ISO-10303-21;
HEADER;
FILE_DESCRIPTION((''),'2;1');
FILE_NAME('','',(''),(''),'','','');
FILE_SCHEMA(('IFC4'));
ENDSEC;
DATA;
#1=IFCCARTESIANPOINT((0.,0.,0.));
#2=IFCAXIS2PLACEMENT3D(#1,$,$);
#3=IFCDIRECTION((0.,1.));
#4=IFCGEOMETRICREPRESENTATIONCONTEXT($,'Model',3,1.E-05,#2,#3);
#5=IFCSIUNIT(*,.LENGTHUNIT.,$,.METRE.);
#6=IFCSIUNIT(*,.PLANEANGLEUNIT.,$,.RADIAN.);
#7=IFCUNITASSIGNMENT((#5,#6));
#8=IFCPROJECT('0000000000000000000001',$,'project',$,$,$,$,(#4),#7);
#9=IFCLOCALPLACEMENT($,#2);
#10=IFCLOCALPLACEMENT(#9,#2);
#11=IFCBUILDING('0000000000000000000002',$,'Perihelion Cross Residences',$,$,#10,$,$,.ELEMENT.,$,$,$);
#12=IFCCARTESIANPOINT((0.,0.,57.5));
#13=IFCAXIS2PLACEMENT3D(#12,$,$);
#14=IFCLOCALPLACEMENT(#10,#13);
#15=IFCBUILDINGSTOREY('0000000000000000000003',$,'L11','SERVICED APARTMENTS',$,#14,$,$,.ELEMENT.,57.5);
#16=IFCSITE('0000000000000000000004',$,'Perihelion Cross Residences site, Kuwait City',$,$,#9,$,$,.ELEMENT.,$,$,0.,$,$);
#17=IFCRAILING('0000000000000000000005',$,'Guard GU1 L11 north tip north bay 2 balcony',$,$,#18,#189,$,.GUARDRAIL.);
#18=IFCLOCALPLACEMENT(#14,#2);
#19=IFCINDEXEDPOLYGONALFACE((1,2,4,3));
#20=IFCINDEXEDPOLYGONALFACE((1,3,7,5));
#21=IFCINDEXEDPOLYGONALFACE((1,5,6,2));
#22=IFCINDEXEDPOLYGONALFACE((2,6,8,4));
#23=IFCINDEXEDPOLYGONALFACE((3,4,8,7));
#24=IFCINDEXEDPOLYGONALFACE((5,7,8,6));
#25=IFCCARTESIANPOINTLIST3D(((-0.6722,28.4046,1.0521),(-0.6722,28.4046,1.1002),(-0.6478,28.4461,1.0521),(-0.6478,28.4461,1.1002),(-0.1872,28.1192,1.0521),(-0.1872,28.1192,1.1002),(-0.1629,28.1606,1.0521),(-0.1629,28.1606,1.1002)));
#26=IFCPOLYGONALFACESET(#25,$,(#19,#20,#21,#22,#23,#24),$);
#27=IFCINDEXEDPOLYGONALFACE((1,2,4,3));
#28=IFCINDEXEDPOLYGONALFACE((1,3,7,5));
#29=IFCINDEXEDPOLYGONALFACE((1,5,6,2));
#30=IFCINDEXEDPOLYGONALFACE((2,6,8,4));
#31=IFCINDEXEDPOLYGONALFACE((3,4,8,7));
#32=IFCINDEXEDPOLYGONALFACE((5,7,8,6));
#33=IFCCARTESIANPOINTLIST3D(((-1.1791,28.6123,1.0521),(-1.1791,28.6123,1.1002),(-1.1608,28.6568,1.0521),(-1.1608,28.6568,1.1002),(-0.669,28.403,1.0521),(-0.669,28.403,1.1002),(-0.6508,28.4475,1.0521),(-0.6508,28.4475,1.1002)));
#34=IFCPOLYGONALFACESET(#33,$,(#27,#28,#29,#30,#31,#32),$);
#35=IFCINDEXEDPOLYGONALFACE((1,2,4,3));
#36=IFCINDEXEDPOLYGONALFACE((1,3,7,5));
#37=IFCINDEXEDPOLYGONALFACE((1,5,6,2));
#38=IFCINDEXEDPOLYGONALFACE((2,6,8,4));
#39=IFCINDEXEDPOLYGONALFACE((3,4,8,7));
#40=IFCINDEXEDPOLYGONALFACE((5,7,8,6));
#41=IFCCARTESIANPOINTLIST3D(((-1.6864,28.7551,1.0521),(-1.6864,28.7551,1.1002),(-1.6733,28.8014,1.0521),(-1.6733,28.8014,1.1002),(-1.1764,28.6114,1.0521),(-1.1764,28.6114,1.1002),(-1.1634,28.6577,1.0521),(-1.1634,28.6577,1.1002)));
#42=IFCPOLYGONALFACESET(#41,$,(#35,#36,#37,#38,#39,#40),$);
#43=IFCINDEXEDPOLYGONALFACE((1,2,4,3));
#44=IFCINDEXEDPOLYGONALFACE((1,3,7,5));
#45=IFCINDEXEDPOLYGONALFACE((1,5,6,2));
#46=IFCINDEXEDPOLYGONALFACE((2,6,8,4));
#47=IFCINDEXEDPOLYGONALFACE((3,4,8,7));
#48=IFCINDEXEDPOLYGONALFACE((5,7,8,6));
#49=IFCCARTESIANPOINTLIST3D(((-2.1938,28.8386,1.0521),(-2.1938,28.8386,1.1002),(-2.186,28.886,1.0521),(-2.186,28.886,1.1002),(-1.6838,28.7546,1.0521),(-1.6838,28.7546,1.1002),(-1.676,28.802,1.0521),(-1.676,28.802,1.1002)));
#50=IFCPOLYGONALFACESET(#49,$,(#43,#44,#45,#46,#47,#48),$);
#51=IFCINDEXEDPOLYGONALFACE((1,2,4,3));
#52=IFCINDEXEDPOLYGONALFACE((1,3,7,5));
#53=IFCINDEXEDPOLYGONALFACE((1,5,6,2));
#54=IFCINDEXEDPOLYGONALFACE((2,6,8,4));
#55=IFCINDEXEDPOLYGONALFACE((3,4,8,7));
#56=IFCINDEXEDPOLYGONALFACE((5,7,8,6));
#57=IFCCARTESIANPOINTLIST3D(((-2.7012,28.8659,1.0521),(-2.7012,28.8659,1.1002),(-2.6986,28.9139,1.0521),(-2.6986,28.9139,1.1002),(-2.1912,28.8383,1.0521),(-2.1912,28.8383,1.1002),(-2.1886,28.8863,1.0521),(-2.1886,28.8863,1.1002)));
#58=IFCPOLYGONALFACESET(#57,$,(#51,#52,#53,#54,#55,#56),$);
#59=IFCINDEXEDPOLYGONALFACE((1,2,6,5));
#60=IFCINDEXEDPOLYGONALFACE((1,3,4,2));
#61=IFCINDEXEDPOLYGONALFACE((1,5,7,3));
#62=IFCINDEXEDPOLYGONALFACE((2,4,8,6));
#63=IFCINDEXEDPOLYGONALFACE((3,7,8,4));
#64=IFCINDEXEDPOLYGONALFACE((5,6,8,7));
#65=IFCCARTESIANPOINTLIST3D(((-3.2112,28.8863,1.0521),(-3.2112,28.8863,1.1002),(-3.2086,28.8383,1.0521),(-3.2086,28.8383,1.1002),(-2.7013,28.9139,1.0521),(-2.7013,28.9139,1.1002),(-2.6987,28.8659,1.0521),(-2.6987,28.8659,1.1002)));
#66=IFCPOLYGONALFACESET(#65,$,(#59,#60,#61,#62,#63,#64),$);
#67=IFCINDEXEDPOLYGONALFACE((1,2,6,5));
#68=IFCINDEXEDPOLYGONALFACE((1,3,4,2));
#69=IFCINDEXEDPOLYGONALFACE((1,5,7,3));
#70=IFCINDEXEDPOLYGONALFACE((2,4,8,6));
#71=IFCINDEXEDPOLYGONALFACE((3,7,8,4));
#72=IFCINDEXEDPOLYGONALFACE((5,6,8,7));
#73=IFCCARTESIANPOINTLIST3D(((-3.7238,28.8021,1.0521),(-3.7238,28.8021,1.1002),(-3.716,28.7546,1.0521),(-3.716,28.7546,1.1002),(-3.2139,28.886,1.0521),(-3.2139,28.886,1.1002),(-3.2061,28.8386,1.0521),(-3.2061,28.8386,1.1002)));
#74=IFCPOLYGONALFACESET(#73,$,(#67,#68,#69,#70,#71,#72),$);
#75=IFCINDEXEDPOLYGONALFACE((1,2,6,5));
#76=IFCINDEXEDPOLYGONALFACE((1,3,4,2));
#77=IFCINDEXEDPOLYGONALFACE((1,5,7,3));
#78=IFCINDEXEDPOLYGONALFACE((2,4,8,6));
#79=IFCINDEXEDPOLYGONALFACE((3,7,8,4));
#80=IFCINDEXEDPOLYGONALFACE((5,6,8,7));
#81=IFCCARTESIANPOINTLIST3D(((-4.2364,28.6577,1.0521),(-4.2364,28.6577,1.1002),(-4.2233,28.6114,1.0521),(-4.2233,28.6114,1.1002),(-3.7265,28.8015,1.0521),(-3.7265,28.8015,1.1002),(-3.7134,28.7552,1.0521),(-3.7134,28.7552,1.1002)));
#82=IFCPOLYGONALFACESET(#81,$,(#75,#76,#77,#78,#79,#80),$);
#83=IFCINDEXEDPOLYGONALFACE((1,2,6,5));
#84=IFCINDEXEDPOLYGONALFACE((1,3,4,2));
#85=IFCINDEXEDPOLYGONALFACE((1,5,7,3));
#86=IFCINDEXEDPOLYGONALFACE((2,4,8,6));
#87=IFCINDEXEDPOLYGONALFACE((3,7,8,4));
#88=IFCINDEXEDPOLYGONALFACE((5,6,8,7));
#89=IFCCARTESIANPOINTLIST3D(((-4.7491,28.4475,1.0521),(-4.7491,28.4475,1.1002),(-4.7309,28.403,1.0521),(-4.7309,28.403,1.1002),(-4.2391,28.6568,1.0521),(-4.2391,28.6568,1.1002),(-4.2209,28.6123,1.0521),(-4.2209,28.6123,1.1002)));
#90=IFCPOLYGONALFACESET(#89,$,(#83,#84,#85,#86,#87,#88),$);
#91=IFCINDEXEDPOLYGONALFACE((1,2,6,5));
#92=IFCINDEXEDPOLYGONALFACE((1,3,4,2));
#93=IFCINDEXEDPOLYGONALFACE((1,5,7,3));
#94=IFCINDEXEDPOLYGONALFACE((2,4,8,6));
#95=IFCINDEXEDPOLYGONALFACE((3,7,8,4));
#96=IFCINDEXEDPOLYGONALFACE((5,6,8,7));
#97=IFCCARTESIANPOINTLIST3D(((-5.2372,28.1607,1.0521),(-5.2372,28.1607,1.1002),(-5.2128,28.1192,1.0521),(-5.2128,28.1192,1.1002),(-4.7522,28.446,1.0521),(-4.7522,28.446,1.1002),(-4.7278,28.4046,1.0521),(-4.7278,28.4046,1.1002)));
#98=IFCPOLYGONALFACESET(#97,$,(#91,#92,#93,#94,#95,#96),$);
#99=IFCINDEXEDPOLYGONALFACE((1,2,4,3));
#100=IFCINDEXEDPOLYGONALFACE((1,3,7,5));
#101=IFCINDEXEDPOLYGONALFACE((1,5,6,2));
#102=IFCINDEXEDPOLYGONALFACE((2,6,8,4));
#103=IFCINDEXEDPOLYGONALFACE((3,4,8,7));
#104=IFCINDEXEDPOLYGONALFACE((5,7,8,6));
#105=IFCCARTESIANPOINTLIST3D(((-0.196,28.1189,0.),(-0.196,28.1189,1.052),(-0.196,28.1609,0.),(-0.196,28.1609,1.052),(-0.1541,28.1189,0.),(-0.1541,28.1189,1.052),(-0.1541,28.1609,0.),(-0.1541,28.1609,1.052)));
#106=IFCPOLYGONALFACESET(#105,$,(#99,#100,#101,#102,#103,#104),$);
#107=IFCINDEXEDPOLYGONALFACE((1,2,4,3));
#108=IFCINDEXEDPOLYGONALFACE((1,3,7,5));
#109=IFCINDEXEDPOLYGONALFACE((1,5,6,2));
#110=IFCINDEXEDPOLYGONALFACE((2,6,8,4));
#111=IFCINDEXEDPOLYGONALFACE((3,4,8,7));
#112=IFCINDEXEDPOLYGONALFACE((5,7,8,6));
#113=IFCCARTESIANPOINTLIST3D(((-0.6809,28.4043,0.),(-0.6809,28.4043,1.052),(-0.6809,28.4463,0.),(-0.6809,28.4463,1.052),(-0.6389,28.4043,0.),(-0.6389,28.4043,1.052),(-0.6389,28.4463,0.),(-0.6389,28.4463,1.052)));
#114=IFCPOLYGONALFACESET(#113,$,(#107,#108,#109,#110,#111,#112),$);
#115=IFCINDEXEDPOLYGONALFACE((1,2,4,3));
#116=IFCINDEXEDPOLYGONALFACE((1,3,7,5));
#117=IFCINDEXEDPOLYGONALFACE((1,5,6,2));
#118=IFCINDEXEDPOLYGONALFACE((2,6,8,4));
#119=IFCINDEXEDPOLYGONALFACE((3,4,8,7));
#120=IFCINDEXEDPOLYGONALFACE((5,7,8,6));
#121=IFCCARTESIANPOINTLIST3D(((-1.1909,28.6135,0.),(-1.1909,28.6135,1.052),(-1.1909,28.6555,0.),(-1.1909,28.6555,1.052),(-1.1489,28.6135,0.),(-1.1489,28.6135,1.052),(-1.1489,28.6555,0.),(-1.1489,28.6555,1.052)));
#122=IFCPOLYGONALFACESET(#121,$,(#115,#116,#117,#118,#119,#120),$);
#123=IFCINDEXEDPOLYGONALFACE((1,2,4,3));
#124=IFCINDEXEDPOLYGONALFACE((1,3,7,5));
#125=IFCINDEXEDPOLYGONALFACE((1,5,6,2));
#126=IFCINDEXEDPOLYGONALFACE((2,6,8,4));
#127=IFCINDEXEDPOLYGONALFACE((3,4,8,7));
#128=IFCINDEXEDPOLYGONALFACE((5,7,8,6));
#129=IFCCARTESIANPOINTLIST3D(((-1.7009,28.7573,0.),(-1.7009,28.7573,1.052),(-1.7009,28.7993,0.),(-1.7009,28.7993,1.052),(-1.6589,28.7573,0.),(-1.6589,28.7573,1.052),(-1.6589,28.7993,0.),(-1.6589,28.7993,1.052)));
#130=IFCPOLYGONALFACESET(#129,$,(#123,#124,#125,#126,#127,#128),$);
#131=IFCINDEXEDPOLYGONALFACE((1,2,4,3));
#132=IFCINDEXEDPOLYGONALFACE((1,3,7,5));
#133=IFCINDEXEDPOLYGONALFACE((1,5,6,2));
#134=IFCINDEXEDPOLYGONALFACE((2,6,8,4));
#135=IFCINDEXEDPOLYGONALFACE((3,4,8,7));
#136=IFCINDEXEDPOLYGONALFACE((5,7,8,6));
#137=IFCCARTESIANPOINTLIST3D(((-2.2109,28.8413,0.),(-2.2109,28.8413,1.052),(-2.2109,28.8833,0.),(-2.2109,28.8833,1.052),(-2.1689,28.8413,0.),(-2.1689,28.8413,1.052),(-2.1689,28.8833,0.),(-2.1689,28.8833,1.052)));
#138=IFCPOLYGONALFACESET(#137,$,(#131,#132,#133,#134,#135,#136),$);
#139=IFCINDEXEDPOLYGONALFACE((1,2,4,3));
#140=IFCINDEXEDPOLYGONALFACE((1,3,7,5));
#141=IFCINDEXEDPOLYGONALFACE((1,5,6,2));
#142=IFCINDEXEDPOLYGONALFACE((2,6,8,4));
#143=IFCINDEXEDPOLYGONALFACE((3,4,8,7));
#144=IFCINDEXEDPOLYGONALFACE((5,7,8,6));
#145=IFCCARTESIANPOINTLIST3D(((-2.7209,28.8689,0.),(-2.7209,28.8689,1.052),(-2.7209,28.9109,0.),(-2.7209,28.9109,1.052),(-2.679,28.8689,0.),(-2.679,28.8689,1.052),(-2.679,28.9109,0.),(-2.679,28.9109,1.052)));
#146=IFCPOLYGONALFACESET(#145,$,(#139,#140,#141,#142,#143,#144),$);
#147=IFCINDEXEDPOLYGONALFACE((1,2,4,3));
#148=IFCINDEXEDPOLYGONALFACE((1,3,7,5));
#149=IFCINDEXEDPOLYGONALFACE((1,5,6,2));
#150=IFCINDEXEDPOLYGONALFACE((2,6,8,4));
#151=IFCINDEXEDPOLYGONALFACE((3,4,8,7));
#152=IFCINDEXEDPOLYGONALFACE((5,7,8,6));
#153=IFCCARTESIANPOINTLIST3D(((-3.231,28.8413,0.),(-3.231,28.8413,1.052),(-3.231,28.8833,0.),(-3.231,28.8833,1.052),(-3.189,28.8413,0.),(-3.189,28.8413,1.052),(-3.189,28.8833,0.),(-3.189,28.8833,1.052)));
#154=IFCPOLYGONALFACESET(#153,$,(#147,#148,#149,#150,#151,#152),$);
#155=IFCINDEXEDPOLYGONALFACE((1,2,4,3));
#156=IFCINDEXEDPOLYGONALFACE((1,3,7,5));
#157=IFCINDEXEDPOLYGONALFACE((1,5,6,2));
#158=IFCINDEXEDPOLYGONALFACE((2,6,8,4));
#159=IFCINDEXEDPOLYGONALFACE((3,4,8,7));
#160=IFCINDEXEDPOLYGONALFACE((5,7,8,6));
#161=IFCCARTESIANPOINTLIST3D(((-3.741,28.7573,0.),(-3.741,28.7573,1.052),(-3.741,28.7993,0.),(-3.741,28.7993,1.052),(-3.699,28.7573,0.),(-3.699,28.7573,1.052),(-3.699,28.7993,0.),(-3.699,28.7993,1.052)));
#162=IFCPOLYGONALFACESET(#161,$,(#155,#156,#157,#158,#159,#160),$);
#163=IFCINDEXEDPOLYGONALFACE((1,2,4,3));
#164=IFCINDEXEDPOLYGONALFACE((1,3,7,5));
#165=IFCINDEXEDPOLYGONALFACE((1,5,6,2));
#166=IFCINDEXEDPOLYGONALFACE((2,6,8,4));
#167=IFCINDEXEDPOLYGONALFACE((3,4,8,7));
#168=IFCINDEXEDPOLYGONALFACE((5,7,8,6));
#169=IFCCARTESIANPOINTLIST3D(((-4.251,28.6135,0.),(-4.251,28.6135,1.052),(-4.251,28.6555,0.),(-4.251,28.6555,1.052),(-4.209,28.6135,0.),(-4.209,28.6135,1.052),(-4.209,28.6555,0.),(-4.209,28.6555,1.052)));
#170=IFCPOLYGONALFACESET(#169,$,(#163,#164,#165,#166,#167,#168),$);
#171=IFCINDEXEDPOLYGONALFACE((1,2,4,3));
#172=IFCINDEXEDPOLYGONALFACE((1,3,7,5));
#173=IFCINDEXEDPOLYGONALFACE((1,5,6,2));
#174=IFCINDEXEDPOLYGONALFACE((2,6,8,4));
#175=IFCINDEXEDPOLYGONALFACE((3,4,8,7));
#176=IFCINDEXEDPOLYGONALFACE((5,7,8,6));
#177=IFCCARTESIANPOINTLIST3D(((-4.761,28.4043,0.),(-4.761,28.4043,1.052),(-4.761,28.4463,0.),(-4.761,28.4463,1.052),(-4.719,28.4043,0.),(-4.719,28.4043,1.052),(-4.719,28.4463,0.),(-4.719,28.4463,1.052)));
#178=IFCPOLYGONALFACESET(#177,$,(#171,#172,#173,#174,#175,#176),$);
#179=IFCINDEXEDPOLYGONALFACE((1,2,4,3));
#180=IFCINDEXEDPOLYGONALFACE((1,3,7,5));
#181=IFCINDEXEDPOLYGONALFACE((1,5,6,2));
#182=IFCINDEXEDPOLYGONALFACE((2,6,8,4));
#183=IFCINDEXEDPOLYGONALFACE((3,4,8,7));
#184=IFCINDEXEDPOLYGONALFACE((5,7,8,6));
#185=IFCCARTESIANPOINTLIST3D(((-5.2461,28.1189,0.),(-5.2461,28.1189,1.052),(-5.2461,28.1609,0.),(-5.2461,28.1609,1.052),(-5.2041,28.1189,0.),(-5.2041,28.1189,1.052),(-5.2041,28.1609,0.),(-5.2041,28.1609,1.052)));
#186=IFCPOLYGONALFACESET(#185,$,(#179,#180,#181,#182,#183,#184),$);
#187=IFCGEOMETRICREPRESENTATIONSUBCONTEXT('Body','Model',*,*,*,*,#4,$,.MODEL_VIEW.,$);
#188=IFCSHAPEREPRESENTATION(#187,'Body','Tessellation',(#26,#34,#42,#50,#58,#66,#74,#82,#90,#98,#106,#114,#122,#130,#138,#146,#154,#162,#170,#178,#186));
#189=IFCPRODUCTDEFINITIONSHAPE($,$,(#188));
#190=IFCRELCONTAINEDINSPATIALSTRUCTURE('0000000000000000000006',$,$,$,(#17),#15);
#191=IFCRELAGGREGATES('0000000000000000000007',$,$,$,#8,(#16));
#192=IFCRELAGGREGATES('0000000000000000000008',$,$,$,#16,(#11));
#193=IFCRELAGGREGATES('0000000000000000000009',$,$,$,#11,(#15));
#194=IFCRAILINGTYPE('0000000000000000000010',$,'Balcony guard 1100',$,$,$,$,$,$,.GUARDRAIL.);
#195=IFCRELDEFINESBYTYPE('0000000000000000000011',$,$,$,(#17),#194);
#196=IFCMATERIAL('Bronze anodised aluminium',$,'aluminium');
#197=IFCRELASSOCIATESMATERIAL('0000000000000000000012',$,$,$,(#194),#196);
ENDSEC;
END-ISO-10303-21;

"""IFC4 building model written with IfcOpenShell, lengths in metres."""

from ifc_helpers import new_model, si_unit, direction, frame, origin, origin_2d, place, context, subcontext, project, spatial, rectangle, extrude, material, type_object, element, save


model = new_model("IFC4")

# Units and contexts
model_context = context("Model", 3, precision=1e-05, world=origin(), true_north=direction((0.0, 1.0)))
body_context = subcontext(model_context, "Body", "Model", "MODEL_VIEW")
ifc_project = project(units=[si_unit("LENGTHUNIT", "METRE"), si_unit("PLANEANGLEUNIT", "RADIAN")], contexts=[model_context])

# Site, building, storey
site_placement = place(None, origin())
site = spatial("IfcSite", under=ifc_project, at=site_placement, Name="Perihelion Cross Residences site, Kuwait City", CompositionType="ELEMENT", RefElevation=0.0)
building_placement = place(site_placement, origin())
building = spatial("IfcBuilding", under=site, at=building_placement, Name="Perihelion Cross Residences", CompositionType="ELEMENT")
storey_placement = place(building_placement, frame((0.0, 0.0, 57.5)))
storey = spatial("IfcBuildingStorey", under=building, at=storey_placement, Name="L11", Description="SERVICED APARTMENTS", CompositionType="ELEMENT", Elevation=57.5)

# Railing
ifc_material_1 = material(Name="Bronze anodised aluminium", Category="aluminium")
railing_type = type_object("IfcRailingType", Name="Balcony guard 1100", PredefinedType="GUARDRAIL", material=ifc_material_1)
railing_placement = place(storey_placement, frame((-0.175, 28.1399, 0.0)))
element("IfcRailing", 1, at=railing_placement, inside=storey, type_object=railing_type, Name="Guard GU1 L11 north tip north bay 2 balcony", PredefinedType="GUARDRAIL", context=body_context, shape_type="SweptSolid", body=[
    extrude(rectangle(XDim=0.0481, YDim=0.0481, at=origin_2d()), frame((0.0, 0.0, 1.0762), z_axis=(-0.861789, 0.507267, 0.0), x_axis=(-0.507267, -0.861789, 0.0)), (0.0, 0.0, 1.0), 0.5627),
    extrude(rectangle(XDim=0.0481, YDim=0.0481, at=origin_2d()), frame((-0.4849, 0.2854, 1.0762), z_axis=(-0.925173, 0.379547, 0.0), x_axis=(-0.379547, -0.925173, 0.0)), (0.0, 0.0, 1.0), 0.5513),
    extrude(rectangle(XDim=0.0481, YDim=0.0481, at=origin_2d()), frame((-0.9949, 0.4946, 1.0762), z_axis=(-0.962474, 0.271373, 0.0), x_axis=(-0.271373, -0.962474, 0.0)), (0.0, 0.0, 1.0), 0.5298),
    extrude(rectangle(XDim=0.0481, YDim=0.0481, at=origin_2d()), frame((-1.5049, 0.6384, 1.0762), z_axis=(-0.986711, 0.162484, 0.0), x_axis=(-0.162484, -0.986711, 0.0)), (0.0, 0.0, 1.0), 0.5168),
    extrude(rectangle(XDim=0.0481, YDim=0.0481, at=origin_2d()), frame((-2.0149, 0.7224, 1.0762), z_axis=(-0.99854, 0.054014, 0.0), x_axis=(-0.054014, -0.99854, 0.0)), (0.0, 0.0, 1.0), 0.5107),
    extrude(rectangle(XDim=0.0481, YDim=0.0481, at=origin_2d()), frame((-2.5249, 0.75, 1.0762), z_axis=(-0.99854, -0.054014, 0.0), x_axis=(0.054014, -0.99854, 0.0)), (0.0, 0.0, 1.0), 0.5107),
    extrude(rectangle(XDim=0.0481, YDim=0.0481, at=origin_2d()), frame((-3.0349, 0.7224, 1.0762), z_axis=(-0.986711, -0.162484, 0.0), x_axis=(0.162484, -0.986711, 0.0)), (0.0, 0.0, 1.0), 0.5168),
    extrude(rectangle(XDim=0.0481, YDim=0.0481, at=origin_2d()), frame((-3.5449, 0.6384, 1.0762), z_axis=(-0.962474, -0.271373, 0.0), x_axis=(0.271373, -0.962474, 0.0)), (0.0, 0.0, 1.0), 0.5298),
    extrude(rectangle(XDim=0.0481, YDim=0.0481, at=origin_2d()), frame((-4.0549, 0.4946, 1.0762), z_axis=(-0.925173, -0.379547, 0.0), x_axis=(0.379547, -0.925173, 0.0)), (0.0, 0.0, 1.0), 0.5513),
    extrude(rectangle(XDim=0.0481, YDim=0.0481, at=origin_2d()), frame((-4.5649, 0.2854, 1.0762), z_axis=(-0.861901, -0.507077, 0.0), x_axis=(0.507077, -0.861901, 0.0)), (0.0, 0.0, 1.0), 0.5627),
    extrude(rectangle(XDim=0.042, YDim=0.042, at=origin_2d()), origin(), (0.0, 0.0, 1.0), 1.052),
    extrude(rectangle(XDim=0.042, YDim=0.042, at=origin_2d()), frame((-0.4849, 0.2854, 0.0)), (0.0, 0.0, 1.0), 1.052),
    extrude(rectangle(XDim=0.042, YDim=0.042, at=origin_2d()), frame((-0.9949, 0.4946, 0.0)), (0.0, 0.0, 1.0), 1.052),
    extrude(rectangle(XDim=0.042, YDim=0.042, at=origin_2d()), frame((-1.5049, 0.6384, 0.0)), (0.0, 0.0, 1.0), 1.052),
    extrude(rectangle(XDim=0.042, YDim=0.042, at=origin_2d()), frame((-2.0149, 0.7224, 0.0)), (0.0, 0.0, 1.0), 1.052),
    extrude(rectangle(XDim=0.042, YDim=0.042, at=origin_2d()), frame((-2.5249, 0.75, 0.0)), (0.0, 0.0, 1.0), 1.052),
    extrude(rectangle(XDim=0.042, YDim=0.042, at=origin_2d()), frame((-3.0349, 0.7224, 0.0)), (0.0, 0.0, 1.0), 1.052),
    extrude(rectangle(XDim=0.042, YDim=0.042, at=origin_2d()), frame((-3.5449, 0.6384, 0.0)), (0.0, 0.0, 1.0), 1.052),
    extrude(rectangle(XDim=0.042, YDim=0.042, at=origin_2d()), frame((-4.0549, 0.4946, 0.0)), (0.0, 0.0, 1.0), 1.052),
    extrude(rectangle(XDim=0.042, YDim=0.042, at=origin_2d()), frame((-4.5649, 0.2854, 0.0)), (0.0, 0.0, 1.0), 1.052),
    extrude(rectangle(XDim=0.042, YDim=0.042, at=origin_2d()), frame((-5.05, 0.0, 0.0)), (0.0, 0.0, 1.0), 1.052),
])

save(model, "model.ifc")
